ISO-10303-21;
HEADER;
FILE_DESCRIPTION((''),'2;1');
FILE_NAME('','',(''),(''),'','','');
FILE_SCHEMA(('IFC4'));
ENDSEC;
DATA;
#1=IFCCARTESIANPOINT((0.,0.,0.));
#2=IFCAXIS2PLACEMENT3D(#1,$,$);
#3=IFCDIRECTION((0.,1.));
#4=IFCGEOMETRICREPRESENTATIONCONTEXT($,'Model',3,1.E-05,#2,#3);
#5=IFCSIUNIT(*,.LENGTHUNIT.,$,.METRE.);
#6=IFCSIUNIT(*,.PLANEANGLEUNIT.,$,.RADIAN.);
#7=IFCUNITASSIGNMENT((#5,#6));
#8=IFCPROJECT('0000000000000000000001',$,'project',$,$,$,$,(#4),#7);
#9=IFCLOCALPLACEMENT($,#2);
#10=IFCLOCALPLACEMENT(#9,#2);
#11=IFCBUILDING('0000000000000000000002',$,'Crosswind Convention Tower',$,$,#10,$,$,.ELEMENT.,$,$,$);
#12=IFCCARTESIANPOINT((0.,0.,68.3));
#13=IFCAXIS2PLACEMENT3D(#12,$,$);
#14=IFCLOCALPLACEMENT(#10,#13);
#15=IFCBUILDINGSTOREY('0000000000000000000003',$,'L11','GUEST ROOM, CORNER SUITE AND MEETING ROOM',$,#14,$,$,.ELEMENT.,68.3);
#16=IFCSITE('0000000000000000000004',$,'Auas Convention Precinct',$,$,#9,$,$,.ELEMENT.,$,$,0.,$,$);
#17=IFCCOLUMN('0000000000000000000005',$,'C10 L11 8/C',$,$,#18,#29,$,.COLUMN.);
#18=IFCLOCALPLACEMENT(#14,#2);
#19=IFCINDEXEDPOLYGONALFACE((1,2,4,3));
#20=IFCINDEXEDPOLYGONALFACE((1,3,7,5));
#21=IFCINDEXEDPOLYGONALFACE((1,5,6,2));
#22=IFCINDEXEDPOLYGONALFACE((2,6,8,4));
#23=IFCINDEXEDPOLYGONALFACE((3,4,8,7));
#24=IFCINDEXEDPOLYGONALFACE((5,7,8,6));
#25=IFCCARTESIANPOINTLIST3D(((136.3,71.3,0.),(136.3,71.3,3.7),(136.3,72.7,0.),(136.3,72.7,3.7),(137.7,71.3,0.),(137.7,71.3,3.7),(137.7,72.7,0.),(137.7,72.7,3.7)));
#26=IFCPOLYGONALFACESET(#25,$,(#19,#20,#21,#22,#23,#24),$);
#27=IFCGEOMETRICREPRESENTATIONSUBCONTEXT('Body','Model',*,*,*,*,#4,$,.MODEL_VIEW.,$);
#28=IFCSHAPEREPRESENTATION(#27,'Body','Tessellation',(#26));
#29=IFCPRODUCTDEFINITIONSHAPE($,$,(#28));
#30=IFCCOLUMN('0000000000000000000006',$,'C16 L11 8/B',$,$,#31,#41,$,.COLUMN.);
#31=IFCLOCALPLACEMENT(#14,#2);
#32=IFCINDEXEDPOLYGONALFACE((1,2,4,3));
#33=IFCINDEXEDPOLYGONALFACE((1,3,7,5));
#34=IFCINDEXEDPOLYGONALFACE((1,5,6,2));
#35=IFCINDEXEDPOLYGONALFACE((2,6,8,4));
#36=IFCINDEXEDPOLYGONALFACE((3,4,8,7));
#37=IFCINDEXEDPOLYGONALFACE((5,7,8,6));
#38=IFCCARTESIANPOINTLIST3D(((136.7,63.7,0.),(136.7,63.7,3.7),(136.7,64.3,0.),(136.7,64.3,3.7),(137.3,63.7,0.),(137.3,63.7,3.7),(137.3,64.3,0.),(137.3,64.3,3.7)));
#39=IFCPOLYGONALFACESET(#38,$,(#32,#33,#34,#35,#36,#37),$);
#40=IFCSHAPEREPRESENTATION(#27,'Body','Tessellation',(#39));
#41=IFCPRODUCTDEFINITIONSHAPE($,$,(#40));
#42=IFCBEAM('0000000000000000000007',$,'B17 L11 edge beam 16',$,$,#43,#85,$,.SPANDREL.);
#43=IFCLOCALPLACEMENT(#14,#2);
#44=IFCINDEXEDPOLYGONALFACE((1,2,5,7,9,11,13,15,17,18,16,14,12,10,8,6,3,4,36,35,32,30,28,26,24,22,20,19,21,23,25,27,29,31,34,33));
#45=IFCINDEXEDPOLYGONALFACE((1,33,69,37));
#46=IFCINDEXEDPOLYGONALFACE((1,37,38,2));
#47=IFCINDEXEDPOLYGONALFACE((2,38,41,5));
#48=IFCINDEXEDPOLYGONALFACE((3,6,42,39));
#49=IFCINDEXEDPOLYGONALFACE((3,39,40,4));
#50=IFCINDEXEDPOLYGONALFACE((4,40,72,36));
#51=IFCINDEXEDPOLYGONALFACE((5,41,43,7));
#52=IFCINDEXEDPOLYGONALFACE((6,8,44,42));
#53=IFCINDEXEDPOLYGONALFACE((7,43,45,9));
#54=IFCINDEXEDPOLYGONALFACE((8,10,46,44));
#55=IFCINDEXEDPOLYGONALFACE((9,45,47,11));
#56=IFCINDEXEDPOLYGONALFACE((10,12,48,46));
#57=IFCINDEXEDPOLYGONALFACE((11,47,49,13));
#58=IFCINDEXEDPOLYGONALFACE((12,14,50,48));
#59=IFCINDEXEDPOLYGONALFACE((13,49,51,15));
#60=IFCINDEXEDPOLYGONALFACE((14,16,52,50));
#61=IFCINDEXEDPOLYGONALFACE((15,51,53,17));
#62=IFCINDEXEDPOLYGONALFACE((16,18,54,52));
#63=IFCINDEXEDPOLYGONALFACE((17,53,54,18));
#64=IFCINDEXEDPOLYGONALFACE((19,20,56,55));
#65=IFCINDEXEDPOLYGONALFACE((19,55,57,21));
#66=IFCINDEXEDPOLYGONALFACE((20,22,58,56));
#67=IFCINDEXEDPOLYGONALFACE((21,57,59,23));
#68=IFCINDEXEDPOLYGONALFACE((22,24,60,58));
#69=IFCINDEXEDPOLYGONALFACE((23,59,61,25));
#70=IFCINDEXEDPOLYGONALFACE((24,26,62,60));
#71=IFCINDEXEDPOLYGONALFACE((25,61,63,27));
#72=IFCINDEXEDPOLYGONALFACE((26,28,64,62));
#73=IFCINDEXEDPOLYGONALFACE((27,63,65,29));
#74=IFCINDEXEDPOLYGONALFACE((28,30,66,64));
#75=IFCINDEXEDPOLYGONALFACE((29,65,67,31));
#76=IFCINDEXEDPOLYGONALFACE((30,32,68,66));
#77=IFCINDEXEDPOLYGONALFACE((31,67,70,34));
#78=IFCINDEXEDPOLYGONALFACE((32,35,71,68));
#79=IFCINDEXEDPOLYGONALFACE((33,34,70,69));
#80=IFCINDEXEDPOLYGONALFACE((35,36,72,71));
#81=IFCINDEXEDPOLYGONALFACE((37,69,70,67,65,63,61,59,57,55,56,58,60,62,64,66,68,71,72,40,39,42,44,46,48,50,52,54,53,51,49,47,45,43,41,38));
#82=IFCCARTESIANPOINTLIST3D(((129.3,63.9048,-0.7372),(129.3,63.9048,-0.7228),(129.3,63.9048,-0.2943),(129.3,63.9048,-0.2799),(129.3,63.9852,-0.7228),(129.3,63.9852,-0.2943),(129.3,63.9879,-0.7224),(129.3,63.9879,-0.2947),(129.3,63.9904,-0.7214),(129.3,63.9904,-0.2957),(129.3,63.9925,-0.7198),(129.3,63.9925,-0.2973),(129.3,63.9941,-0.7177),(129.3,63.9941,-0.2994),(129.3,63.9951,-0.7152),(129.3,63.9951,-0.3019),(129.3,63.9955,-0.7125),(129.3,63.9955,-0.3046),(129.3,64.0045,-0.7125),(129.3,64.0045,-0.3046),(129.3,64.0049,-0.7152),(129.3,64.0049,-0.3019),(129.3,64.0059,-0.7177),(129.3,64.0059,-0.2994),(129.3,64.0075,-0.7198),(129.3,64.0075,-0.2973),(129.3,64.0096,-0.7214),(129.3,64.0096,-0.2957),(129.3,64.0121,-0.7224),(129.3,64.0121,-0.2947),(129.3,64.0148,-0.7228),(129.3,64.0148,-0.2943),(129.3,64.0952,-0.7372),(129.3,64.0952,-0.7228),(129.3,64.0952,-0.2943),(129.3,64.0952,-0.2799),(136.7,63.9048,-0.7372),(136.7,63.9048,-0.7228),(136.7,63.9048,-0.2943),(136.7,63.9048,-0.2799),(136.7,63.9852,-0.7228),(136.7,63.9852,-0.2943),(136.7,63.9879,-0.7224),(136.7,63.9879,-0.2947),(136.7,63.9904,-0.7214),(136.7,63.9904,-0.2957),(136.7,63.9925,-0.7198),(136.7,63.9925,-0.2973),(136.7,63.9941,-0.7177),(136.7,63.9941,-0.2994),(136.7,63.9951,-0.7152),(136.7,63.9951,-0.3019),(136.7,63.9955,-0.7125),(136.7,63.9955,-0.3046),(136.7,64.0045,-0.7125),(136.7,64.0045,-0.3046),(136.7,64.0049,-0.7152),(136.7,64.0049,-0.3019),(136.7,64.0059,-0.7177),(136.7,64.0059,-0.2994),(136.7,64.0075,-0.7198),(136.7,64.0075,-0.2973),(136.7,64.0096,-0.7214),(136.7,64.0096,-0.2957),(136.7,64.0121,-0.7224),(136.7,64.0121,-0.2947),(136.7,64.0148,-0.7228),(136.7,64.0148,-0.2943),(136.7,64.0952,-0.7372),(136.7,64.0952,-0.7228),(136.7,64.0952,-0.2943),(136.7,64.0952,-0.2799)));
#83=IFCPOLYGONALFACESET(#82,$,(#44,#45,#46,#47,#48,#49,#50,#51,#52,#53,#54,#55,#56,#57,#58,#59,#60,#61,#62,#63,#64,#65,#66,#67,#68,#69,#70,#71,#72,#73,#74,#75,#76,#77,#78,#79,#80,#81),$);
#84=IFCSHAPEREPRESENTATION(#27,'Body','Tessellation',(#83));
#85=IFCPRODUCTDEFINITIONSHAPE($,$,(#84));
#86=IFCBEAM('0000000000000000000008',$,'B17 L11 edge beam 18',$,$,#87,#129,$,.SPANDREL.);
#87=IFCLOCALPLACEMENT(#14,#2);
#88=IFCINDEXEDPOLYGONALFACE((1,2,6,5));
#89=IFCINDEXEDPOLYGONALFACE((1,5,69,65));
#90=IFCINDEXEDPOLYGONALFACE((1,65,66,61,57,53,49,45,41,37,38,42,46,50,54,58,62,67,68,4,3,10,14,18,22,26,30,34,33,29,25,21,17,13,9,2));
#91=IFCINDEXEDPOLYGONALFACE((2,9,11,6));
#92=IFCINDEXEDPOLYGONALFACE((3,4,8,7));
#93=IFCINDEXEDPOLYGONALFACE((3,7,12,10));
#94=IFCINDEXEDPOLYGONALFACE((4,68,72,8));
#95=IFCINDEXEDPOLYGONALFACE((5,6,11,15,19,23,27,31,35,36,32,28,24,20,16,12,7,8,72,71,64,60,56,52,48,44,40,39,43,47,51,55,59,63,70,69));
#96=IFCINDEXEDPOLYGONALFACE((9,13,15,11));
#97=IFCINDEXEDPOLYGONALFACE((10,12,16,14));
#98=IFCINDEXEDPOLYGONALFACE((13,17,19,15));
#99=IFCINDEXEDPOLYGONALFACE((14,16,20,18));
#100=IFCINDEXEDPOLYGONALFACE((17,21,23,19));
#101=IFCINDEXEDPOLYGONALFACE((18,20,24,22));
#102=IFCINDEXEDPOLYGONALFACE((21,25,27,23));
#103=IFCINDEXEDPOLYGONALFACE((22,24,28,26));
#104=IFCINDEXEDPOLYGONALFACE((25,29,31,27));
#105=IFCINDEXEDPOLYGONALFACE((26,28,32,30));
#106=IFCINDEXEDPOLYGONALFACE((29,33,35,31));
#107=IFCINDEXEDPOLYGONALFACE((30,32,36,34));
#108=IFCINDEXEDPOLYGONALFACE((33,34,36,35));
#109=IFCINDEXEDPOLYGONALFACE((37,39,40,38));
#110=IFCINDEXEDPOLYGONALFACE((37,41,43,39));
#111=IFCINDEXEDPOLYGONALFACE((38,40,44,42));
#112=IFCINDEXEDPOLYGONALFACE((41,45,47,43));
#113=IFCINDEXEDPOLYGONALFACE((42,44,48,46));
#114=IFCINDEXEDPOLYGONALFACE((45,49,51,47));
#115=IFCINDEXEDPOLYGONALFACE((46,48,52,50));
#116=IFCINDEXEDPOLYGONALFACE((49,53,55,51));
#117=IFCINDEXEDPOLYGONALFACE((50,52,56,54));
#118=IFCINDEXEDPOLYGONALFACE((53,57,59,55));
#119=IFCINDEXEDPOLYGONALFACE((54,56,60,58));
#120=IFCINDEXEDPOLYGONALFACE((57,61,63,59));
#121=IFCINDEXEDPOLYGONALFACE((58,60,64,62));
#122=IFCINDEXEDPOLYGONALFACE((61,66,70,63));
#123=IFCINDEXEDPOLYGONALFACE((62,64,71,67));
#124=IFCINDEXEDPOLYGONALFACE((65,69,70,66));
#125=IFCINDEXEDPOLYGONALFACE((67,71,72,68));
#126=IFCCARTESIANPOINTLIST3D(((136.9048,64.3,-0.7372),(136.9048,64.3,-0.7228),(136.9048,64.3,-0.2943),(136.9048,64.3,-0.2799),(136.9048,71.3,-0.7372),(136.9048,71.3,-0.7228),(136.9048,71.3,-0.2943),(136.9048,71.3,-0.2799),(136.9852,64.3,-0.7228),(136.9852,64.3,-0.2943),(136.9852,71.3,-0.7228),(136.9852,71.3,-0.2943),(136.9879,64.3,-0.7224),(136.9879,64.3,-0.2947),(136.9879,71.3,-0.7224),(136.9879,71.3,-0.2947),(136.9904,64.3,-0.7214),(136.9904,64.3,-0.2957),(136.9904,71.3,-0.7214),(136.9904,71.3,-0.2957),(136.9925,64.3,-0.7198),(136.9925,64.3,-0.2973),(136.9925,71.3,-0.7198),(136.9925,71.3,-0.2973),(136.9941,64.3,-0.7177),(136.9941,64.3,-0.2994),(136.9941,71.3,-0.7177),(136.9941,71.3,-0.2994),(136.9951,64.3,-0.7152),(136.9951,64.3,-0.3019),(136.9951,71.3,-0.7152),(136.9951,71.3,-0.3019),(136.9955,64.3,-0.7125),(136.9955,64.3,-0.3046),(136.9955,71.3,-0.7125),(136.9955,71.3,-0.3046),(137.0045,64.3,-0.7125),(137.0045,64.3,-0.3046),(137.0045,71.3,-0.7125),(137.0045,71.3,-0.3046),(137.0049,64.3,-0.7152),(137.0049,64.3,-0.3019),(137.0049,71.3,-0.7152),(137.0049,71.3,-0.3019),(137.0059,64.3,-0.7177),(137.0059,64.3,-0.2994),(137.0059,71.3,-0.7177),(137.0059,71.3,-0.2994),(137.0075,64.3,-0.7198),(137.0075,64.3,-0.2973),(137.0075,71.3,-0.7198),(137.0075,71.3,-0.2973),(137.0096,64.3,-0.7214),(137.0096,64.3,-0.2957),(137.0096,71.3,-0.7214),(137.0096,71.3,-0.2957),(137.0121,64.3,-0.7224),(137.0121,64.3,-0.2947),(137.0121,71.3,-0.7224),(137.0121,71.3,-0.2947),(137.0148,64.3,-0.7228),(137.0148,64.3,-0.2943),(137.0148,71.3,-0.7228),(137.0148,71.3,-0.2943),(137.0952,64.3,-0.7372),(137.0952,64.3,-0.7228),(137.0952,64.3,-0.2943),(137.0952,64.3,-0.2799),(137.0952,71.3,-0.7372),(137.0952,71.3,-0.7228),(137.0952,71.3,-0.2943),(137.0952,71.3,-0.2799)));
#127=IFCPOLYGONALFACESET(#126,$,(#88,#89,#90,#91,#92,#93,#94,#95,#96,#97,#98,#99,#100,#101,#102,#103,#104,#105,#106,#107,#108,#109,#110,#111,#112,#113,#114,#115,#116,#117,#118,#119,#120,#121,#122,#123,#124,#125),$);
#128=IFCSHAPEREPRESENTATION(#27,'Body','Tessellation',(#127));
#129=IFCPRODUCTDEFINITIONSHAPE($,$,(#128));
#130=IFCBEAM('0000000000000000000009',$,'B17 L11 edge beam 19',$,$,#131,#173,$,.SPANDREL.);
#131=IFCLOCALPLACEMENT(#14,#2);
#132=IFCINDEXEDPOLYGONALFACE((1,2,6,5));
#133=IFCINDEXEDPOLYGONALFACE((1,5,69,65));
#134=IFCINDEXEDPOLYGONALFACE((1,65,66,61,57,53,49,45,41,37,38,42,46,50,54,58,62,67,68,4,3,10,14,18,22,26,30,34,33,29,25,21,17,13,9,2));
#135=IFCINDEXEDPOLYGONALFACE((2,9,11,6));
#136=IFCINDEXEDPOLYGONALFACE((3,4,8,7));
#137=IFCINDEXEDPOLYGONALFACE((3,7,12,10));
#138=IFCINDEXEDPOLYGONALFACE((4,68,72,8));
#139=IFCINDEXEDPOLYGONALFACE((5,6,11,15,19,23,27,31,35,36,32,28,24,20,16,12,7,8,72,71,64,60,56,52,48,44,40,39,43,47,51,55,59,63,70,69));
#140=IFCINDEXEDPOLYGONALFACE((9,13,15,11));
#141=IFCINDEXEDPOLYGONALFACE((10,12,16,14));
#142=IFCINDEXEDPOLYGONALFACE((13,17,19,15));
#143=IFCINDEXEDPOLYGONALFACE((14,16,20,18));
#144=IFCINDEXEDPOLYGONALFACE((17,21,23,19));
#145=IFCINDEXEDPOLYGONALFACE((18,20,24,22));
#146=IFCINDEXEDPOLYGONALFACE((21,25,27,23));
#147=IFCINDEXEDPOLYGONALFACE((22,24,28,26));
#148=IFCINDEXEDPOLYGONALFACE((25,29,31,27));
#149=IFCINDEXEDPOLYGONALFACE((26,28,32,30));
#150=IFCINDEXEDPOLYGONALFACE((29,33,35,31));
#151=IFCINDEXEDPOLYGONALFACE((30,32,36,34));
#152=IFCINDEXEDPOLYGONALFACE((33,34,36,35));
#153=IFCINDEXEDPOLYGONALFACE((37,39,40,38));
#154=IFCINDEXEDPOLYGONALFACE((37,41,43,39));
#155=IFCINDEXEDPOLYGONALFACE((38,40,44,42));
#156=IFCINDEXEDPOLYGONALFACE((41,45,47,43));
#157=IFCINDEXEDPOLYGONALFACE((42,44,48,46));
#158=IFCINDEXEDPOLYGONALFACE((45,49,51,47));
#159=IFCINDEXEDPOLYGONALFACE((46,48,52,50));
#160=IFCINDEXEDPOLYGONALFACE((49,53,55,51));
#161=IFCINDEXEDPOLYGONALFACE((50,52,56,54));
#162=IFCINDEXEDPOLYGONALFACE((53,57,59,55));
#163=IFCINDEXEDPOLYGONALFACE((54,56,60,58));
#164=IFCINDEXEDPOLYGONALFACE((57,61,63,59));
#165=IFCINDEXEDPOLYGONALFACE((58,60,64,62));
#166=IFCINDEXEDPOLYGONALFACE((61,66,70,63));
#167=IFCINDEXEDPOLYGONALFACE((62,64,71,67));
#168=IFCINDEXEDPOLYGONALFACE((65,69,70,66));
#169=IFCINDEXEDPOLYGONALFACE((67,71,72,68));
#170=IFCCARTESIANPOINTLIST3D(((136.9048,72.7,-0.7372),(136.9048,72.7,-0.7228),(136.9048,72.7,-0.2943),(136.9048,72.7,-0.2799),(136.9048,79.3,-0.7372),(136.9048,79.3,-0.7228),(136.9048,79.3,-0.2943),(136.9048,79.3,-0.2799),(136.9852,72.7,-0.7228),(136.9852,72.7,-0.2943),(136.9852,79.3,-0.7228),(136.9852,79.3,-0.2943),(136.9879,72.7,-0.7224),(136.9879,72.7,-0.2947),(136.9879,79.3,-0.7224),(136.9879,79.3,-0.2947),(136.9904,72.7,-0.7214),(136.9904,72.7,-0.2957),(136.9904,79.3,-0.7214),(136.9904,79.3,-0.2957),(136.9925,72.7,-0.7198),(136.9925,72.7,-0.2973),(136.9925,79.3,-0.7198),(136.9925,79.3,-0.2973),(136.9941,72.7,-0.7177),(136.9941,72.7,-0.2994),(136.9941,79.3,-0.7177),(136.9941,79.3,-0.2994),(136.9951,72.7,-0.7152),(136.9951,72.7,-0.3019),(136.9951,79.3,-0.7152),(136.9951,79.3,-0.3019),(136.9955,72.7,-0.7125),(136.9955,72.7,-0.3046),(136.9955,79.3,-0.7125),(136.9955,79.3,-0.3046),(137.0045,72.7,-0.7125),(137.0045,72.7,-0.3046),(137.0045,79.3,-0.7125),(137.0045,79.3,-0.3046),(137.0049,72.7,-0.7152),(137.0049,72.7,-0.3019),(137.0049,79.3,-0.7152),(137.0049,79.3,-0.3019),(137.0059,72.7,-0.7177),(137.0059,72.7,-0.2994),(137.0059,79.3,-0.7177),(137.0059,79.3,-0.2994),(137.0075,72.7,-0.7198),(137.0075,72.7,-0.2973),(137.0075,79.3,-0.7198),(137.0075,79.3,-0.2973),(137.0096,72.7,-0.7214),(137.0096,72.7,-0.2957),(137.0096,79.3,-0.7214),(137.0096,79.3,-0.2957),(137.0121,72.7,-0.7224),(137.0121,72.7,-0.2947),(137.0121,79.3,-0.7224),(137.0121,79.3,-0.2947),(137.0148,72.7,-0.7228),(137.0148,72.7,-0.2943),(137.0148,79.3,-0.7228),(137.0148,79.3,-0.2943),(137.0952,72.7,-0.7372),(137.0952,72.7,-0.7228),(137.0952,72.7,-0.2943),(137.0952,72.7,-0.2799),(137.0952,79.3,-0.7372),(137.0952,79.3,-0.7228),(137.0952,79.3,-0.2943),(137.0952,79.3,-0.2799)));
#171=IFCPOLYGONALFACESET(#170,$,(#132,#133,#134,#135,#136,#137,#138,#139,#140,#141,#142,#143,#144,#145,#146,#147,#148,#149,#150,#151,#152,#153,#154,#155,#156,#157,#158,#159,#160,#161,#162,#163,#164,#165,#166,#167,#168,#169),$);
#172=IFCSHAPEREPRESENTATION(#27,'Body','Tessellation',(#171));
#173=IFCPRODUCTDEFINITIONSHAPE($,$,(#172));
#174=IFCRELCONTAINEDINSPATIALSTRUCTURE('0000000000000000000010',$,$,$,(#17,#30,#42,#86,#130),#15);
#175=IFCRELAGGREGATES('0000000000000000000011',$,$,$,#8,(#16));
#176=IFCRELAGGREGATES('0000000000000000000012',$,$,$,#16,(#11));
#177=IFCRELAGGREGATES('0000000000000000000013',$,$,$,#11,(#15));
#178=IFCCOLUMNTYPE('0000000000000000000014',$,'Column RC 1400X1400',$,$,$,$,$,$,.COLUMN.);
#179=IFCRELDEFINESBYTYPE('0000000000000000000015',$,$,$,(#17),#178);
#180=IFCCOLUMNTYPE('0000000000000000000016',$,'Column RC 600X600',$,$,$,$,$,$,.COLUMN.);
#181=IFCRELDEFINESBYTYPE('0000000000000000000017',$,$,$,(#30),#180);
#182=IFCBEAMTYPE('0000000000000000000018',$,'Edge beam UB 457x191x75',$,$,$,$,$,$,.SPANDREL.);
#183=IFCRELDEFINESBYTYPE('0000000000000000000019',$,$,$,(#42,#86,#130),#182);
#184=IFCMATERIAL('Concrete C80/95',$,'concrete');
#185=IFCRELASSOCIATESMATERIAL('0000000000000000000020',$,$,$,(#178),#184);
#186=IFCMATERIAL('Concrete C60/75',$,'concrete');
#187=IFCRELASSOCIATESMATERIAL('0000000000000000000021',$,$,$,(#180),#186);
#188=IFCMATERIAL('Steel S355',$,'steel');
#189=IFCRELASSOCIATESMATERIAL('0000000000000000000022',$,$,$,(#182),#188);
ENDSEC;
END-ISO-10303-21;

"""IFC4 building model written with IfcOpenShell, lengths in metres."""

from ifc_helpers import new_model, si_unit, direction, frame, origin, origin_2d, place, context, subcontext, project, spatial, rectangle, i_section, extrude, material, material_profile, profile_set, type_object, element, save


model = new_model("IFC4")

# Units and contexts
model_context = context("Model", 3, precision=1e-05, world=origin(), true_north=direction((0.0, 1.0)))
body_context = subcontext(model_context, "Body", "Model", "MODEL_VIEW")
ifc_project = project(units=[si_unit("LENGTHUNIT", "METRE"), si_unit("PLANEANGLEUNIT", "RADIAN")], contexts=[model_context])

# Site, building, storey
site_placement = place(None, origin())
site = spatial("IfcSite", under=ifc_project, at=site_placement, Name="Auas Convention Precinct", CompositionType="ELEMENT", RefElevation=0.0)
building_placement = place(site_placement, origin())
building = spatial("IfcBuilding", under=site, at=building_placement, Name="Crosswind Convention Tower", CompositionType="ELEMENT")
storey_placement = place(building_placement, frame((0.0, 0.0, 68.3)))
storey = spatial("IfcBuildingStorey", under=building, at=storey_placement, Name="L11", Description="GUEST ROOM, CORNER SUITE AND MEETING ROOM", CompositionType="ELEMENT", Elevation=68.3)

# Columns
ifc_material_1 = material(Name="Concrete C80/95", Category="concrete")
ifc_material_profile_1 = material_profile(ifc_material_1, rectangle(XDim=1.3999, YDim=1.3999, at=origin_2d()), Name="RC 1400X1400")
ifc_profile_set_1 = profile_set([ifc_material_profile_1], Name="Concrete C80/95")
column_type_1 = type_object("IfcColumnType", Name="Column RC 1400X1400", PredefinedType="COLUMN", material=ifc_profile_set_1)
column_1_placement = place(storey_placement, frame((137.0, 72.0, 0.0), z_axis=(0.0, 0.0, 1.0), x_axis=(1.0, 0.0, 0.0)))
element("IfcColumn", 1, at=column_1_placement, inside=storey, type_object=column_type_1, Name="C10 L11 8/C", PredefinedType="COLUMN", context=body_context, shape_type="SweptSolid", body=[
    extrude(rectangle(XDim=1.3999, YDim=1.3999, at=origin_2d()), origin(), (0.0, 0.0, 1.0), 3.7),
])
ifc_material_2 = material(Name="Concrete C60/75", Category="concrete")
ifc_material_profile_2 = material_profile(ifc_material_2, rectangle(XDim=0.6001, YDim=0.6001, at=origin_2d()), Name="RC 600X600")
ifc_profile_set_2 = profile_set([ifc_material_profile_2], Name="Concrete C60/75")
column_type_2 = type_object("IfcColumnType", Name="Column RC 600X600", PredefinedType="COLUMN", material=ifc_profile_set_2)
column_2_placement = place(storey_placement, frame((137.0, 64.0, 0.0), z_axis=(0.0, 0.0, 1.0), x_axis=(1.0, 0.0, 0.0)))
element("IfcColumn", 2, at=column_2_placement, inside=storey, type_object=column_type_2, Name="C16 L11 8/B", PredefinedType="COLUMN", context=body_context, shape_type="SweptSolid", body=[
    extrude(rectangle(XDim=0.6001, YDim=0.6001, at=origin_2d()), origin(), (0.0, 0.0, 1.0), 3.7),
])

# Beams
ifc_material_3 = material(Name="Steel S355", Category="steel")
ifc_material_profile_3 = material_profile(ifc_material_3, i_section(OverallWidth=0.1904, OverallDepth=0.4573, WebThickness=0.009, FlangeThickness=0.0144, FilletRadius=0.0103, at=origin_2d()), Name="UB 457x191x75")
ifc_profile_set_3 = profile_set([ifc_material_profile_3], Name="Steel S355")
beam_type_1 = type_object("IfcBeamType", Name="Edge beam UB 457x191x75", PredefinedType="SPANDREL", material=ifc_profile_set_3)
beam_1_placement = place(storey_placement, frame((129.3, 64.0, -0.5085), z_axis=(1.0, 0.0, 0.0), x_axis=(0.0, 1.0, 0.0)))
element("IfcBeam", 3, at=beam_1_placement, inside=storey, type_object=beam_type_1, Name="B17 L11 edge beam 16", PredefinedType="SPANDREL", context=body_context, shape_type="SweptSolid", body=[
    extrude(i_section(OverallWidth=0.1904, OverallDepth=0.4573, WebThickness=0.009, FlangeThickness=0.0144, FilletRadius=0.0103, at=origin_2d()), origin(), (0.0, 0.0, 1.0), 7.3999),
])
beam_2_placement = place(storey_placement, frame((137.0, 64.3, -0.5085), z_axis=(0.0, 1.0, 0.0), x_axis=(-1.0, 0.0, 0.0)))
element("IfcBeam", 4, at=beam_2_placement, inside=storey, type_object=beam_type_1, Name="B17 L11 edge beam 18", PredefinedType="SPANDREL", context=body_context, shape_type="SweptSolid", body=[
    extrude(i_section(OverallWidth=0.1904, OverallDepth=0.4573, WebThickness=0.009, FlangeThickness=0.0144, FilletRadius=0.0103, at=origin_2d()), origin(), (0.0, 0.0, 1.0), 7.0),
])
beam_3_placement = place(storey_placement, frame((137.0, 72.7, -0.5085), z_axis=(0.0, 1.0, 0.0), x_axis=(-1.0, 0.0, 0.0)))
element("IfcBeam", 5, at=beam_3_placement, inside=storey, type_object=beam_type_1, Name="B17 L11 edge beam 19", PredefinedType="SPANDREL", context=body_context, shape_type="SweptSolid", body=[
    extrude(i_section(OverallWidth=0.1904, OverallDepth=0.4573, WebThickness=0.009, FlangeThickness=0.0144, FilletRadius=0.0103, at=origin_2d()), origin(), (0.0, 0.0, 1.0), 6.6001),
])

save(model, "model.ifc")
